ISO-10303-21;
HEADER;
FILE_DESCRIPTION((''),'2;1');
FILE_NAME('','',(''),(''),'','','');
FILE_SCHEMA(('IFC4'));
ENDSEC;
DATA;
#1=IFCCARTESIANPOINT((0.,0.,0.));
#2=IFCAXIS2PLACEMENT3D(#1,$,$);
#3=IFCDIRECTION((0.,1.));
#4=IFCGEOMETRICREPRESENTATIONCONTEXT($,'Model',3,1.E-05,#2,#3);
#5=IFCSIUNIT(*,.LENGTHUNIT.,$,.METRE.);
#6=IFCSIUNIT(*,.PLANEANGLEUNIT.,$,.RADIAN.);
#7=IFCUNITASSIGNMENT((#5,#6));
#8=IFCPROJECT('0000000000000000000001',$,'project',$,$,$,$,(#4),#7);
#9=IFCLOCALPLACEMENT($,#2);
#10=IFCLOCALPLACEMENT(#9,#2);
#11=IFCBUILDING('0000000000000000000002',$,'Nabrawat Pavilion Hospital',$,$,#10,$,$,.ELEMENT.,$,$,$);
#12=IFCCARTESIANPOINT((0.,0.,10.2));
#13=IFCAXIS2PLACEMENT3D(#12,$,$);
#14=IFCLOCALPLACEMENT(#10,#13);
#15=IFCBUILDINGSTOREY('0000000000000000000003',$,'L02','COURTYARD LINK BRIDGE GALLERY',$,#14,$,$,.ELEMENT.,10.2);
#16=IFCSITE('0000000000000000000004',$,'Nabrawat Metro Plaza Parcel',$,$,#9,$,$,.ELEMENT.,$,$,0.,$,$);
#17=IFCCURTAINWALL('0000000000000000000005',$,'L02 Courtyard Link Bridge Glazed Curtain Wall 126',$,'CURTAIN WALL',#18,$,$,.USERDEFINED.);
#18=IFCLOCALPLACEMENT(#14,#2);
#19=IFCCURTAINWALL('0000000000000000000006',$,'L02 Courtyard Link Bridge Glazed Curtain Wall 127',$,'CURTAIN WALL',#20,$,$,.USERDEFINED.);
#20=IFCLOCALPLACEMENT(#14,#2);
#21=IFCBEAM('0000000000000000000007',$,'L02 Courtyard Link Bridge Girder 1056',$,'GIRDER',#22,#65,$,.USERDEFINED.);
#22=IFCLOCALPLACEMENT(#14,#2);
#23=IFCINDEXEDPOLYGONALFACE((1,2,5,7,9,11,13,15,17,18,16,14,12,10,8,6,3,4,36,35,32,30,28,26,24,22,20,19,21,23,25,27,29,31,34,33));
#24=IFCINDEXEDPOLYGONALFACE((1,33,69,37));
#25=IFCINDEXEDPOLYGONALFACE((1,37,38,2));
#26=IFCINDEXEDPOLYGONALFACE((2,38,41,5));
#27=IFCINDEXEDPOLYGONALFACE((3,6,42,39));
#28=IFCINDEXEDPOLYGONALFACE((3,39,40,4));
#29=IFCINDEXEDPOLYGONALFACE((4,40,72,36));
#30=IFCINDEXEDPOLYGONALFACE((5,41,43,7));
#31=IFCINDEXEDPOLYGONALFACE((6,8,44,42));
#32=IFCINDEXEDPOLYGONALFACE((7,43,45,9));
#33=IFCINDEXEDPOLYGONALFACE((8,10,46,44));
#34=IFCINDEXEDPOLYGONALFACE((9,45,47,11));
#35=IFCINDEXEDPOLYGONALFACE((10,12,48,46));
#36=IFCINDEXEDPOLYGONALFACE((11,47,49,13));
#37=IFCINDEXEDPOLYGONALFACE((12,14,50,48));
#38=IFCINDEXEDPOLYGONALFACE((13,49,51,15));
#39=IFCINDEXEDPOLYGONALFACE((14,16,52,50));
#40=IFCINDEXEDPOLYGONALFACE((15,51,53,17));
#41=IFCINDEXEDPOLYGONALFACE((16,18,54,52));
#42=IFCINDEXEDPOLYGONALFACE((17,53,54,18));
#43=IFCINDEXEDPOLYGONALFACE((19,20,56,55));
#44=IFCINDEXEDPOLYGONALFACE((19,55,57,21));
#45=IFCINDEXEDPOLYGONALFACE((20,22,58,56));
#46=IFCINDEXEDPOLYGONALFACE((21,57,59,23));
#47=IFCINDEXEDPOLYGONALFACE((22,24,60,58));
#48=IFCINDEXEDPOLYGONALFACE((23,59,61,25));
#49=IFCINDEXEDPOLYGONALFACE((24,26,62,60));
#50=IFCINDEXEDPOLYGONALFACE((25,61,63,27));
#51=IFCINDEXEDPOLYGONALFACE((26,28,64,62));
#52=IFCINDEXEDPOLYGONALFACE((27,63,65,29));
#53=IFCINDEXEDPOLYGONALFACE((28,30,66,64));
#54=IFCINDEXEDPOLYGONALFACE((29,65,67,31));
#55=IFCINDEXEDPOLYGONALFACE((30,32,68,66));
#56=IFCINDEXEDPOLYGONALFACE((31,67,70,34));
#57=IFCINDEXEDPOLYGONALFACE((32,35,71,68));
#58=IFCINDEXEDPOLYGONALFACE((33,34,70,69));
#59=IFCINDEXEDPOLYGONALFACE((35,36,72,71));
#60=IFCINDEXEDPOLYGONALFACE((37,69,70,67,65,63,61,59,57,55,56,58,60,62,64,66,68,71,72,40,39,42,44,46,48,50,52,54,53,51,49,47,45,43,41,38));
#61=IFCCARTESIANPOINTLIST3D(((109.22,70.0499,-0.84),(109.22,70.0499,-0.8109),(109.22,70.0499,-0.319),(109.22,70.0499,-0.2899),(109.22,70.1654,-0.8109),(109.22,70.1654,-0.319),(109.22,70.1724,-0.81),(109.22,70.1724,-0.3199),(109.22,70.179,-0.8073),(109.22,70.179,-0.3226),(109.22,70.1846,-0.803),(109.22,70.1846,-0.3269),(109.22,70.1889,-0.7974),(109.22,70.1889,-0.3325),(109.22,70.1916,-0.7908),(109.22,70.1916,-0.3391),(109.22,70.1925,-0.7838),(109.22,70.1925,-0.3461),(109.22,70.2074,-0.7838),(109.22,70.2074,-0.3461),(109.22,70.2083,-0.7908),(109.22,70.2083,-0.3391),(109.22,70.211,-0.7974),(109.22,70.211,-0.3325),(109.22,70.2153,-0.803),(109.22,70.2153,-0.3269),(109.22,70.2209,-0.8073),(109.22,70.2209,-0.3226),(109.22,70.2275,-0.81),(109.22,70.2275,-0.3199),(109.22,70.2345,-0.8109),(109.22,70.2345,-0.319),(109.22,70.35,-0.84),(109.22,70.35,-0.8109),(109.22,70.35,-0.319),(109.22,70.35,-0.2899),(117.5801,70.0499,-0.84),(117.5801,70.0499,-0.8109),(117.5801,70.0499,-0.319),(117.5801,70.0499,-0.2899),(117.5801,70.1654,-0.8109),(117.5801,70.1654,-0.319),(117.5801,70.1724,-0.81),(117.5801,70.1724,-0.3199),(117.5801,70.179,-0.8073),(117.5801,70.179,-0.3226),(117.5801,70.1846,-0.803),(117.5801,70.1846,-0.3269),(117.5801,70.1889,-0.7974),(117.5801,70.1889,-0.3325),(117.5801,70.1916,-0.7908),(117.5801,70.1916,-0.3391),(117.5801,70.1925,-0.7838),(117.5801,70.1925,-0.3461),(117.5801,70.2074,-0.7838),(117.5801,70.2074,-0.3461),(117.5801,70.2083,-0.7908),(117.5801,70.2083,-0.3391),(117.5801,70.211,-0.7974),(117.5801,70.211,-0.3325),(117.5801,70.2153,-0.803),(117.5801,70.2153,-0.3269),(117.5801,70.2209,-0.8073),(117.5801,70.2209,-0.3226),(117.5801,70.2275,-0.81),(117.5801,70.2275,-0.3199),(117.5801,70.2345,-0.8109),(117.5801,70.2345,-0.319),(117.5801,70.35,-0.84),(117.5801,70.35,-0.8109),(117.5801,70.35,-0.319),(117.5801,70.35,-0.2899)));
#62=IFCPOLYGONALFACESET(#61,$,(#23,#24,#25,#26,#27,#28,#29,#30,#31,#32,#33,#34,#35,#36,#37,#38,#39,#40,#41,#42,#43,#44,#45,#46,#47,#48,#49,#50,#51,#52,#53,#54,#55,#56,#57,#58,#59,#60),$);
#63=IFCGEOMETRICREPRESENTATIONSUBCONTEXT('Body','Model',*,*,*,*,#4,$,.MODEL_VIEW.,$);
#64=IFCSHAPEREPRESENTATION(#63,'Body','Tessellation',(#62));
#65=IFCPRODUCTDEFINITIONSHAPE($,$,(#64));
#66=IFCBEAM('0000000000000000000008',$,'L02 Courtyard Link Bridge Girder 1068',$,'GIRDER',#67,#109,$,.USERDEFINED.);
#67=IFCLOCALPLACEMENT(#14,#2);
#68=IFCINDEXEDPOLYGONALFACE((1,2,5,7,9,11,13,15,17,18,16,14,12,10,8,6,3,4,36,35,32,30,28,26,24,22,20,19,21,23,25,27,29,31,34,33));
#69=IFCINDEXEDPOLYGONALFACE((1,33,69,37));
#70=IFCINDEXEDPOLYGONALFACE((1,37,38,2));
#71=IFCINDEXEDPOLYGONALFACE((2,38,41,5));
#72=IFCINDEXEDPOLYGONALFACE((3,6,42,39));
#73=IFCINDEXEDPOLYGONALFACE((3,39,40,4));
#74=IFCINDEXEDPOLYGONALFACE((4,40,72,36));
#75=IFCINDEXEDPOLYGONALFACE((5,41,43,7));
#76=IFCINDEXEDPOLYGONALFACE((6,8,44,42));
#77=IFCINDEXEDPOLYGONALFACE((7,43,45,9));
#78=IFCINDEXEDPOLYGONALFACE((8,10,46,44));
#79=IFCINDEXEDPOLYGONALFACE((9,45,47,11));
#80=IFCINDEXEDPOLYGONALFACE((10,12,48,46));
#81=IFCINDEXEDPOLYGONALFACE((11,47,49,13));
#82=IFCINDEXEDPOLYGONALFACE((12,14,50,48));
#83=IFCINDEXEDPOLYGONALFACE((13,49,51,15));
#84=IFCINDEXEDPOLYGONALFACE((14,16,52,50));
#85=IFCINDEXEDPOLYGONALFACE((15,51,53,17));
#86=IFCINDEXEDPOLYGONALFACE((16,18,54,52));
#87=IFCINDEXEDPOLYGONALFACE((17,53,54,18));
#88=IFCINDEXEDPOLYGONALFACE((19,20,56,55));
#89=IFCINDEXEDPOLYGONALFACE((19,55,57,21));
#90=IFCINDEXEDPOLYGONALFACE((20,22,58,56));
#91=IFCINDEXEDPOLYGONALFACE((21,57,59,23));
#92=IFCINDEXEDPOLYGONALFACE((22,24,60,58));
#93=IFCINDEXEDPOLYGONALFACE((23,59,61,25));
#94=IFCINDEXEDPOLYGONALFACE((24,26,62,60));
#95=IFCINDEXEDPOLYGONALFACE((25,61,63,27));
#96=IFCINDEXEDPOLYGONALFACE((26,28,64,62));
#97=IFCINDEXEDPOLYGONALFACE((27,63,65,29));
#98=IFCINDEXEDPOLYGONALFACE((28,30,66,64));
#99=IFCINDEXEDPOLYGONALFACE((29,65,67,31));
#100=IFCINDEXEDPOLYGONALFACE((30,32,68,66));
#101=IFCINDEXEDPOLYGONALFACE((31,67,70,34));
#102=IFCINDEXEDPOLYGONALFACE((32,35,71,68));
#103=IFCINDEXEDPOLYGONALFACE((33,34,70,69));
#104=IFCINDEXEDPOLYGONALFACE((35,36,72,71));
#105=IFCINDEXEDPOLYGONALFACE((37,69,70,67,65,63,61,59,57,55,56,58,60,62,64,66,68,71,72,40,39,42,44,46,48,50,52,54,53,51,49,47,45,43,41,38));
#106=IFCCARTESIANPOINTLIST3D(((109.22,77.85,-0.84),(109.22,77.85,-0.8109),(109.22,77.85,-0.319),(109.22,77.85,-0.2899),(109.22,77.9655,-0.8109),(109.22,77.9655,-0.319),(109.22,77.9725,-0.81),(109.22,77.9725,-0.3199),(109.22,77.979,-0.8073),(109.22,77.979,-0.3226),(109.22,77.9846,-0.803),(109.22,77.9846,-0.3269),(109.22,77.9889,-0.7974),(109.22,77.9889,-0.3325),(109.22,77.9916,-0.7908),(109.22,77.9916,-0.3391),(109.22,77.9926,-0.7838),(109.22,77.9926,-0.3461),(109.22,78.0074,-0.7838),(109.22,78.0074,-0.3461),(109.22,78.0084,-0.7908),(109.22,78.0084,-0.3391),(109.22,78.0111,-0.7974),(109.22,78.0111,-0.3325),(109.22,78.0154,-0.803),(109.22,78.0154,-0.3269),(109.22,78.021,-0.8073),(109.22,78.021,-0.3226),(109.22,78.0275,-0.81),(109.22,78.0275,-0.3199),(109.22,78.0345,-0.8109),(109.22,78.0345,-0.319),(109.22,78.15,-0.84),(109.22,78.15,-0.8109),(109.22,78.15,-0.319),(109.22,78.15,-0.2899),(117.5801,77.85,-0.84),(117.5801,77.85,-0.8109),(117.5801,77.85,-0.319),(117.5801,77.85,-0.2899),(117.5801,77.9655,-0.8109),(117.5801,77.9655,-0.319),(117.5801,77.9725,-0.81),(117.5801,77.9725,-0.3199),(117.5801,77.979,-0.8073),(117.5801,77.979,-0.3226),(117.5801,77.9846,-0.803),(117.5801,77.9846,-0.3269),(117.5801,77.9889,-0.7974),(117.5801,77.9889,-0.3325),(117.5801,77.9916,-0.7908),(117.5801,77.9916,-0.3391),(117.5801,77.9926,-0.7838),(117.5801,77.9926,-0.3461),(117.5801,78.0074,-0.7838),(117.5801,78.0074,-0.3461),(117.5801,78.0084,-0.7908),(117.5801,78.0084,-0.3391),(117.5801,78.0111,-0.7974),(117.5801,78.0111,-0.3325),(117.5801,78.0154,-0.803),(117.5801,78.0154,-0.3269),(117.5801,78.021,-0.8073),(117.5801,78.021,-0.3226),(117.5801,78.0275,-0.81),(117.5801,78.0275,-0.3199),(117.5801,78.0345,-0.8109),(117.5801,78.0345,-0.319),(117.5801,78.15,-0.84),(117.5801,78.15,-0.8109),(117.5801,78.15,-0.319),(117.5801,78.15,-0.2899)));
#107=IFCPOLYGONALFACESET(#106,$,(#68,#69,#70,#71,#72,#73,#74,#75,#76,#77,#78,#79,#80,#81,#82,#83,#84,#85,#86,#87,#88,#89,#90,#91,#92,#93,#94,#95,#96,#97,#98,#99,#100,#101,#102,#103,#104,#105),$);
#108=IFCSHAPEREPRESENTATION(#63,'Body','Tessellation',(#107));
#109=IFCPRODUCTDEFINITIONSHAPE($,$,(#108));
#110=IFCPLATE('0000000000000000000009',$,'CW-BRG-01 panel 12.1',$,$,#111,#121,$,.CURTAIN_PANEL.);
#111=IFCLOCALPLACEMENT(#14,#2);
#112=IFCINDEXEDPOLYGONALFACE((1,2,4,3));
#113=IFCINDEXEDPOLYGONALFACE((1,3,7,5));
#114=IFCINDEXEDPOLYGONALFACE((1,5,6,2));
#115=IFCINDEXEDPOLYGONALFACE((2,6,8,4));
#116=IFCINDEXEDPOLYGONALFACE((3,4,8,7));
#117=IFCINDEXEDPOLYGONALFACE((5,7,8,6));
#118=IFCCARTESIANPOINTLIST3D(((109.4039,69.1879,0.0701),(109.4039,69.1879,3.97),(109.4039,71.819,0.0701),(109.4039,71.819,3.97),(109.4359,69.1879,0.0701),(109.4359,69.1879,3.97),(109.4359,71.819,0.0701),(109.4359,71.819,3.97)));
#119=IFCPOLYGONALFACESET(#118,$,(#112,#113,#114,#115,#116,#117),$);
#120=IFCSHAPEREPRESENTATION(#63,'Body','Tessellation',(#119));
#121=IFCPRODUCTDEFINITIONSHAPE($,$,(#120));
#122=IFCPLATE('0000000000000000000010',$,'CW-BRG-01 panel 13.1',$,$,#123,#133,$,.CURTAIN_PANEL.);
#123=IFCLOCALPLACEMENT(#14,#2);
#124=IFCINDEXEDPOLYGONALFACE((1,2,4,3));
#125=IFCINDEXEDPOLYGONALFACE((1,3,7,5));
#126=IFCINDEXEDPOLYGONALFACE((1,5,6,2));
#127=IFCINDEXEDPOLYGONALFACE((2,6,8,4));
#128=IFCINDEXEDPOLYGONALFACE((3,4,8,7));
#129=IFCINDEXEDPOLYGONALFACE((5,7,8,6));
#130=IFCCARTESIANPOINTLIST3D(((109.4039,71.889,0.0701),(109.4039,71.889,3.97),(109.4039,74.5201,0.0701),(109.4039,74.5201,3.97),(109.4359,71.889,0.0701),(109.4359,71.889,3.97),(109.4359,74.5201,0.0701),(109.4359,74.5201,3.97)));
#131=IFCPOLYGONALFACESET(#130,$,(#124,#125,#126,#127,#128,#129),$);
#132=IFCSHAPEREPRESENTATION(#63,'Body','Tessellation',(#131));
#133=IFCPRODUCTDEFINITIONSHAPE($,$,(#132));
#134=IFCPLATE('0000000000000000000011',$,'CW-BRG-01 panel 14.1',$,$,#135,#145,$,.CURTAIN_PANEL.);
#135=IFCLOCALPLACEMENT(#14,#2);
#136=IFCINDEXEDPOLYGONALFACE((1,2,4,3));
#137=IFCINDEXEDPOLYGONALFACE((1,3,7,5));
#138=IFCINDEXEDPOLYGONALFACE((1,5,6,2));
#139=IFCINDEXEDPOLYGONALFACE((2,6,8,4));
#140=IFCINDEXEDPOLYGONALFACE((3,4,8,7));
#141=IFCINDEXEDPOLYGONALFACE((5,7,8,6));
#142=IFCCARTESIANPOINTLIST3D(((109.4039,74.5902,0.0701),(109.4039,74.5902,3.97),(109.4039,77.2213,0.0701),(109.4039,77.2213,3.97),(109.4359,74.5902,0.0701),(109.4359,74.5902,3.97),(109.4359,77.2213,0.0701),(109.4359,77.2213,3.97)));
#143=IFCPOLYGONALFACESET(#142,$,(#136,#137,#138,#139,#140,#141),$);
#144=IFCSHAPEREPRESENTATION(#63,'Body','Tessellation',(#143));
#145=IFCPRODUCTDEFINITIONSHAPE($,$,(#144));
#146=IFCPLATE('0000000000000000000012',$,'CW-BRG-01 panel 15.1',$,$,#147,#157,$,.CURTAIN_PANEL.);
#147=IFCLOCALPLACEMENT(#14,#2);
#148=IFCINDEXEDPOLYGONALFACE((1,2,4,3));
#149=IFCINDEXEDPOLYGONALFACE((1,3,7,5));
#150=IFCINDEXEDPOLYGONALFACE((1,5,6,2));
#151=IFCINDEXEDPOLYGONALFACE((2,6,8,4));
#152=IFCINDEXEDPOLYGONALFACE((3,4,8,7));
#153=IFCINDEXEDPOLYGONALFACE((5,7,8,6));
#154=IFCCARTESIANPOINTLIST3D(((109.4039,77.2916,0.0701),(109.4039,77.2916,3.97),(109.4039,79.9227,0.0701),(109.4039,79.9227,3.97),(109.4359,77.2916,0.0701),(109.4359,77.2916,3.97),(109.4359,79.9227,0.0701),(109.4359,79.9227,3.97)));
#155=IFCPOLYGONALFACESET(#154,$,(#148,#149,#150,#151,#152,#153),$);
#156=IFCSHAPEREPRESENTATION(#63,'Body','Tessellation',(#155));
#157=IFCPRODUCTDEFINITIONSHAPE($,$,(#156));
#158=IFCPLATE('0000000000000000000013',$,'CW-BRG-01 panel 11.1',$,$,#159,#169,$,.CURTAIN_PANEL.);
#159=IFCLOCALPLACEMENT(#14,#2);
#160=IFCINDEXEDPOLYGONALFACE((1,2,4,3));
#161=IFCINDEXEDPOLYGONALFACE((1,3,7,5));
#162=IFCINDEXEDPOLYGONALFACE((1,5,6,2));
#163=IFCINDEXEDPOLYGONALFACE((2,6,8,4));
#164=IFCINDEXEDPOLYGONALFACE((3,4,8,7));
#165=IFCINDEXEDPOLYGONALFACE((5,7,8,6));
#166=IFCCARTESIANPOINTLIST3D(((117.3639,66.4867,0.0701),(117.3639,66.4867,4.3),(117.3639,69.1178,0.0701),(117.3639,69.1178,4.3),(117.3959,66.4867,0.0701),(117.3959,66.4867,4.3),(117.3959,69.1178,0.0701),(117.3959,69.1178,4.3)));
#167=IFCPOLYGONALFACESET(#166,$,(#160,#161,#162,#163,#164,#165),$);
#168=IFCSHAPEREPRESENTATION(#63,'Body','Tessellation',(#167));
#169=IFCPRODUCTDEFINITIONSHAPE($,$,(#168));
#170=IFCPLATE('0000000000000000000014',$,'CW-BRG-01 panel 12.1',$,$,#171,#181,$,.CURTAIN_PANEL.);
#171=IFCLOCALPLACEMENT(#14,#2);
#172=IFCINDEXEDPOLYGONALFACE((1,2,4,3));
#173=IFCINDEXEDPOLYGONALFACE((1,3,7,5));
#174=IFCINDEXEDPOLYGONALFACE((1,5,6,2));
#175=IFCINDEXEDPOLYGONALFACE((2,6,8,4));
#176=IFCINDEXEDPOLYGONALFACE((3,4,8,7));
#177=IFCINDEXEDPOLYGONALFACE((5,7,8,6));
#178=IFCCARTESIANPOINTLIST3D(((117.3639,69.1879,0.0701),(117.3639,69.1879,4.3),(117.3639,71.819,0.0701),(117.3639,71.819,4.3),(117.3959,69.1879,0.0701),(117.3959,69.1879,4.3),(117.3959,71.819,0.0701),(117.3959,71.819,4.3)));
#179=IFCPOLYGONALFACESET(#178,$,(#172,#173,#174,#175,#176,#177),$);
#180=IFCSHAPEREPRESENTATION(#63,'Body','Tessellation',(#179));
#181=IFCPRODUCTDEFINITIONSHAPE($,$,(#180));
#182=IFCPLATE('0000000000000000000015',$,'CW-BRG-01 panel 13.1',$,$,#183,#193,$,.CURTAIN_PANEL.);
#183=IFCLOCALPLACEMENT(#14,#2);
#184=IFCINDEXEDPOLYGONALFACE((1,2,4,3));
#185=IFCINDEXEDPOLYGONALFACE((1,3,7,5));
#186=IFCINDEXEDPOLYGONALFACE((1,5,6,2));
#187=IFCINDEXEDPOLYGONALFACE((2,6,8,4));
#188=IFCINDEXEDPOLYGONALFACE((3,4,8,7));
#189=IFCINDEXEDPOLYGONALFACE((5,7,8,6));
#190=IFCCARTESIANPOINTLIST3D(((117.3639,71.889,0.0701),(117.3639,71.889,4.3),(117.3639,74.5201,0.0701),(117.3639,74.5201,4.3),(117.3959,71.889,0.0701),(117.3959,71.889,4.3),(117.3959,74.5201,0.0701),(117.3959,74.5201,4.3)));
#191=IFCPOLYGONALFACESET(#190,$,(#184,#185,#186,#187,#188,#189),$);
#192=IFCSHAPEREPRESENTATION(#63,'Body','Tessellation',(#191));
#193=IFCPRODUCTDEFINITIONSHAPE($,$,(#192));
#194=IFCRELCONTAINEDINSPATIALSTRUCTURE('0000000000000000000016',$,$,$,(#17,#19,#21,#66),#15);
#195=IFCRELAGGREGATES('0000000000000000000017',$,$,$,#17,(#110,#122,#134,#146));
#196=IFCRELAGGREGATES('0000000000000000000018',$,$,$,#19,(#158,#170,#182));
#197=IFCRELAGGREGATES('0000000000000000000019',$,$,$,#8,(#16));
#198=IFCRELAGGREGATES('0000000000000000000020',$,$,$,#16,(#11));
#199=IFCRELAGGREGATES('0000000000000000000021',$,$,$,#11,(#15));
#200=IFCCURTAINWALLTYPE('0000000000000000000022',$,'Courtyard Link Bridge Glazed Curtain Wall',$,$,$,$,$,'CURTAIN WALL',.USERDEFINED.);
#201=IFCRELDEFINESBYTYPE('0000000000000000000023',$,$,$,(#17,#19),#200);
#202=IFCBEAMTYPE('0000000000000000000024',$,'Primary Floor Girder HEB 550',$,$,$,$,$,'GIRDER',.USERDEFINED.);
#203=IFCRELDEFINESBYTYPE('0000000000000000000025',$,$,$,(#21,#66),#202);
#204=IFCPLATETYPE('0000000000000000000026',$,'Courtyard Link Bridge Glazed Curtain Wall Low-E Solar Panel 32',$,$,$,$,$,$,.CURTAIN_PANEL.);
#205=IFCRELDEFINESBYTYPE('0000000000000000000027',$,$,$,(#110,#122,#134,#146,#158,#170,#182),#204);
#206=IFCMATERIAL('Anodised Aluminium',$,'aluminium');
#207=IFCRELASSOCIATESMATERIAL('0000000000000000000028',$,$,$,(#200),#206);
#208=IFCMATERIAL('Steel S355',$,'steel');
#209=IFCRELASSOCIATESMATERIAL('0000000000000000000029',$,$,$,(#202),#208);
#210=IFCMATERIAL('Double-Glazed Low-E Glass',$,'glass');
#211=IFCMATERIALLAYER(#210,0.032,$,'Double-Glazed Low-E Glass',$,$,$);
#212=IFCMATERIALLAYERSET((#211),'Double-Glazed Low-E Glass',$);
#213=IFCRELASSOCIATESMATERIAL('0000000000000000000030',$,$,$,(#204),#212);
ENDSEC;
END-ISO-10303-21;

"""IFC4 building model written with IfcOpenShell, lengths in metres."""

from ifc_helpers import new_model, si_unit, direction, frame, origin, origin_2d, place, context, subcontext, project, spatial, rectangle, i_section, extrude, material, layer, layer_set, material_profile, profile_set, type_object, element, aggregate, save


model = new_model("IFC4")

# Units and contexts
model_context = context("Model", 3, precision=1e-05, world=origin(), true_north=direction((0.0, 1.0)))
body_context = subcontext(model_context, "Body", "Model", "MODEL_VIEW")
ifc_project = project(units=[si_unit("LENGTHUNIT", "METRE"), si_unit("PLANEANGLEUNIT", "RADIAN")], contexts=[model_context])

# Site, building, storey
site_placement = place(None, origin())
site = spatial("IfcSite", under=ifc_project, at=site_placement, Name="Nabrawat Metro Plaza Parcel", CompositionType="ELEMENT", RefElevation=0.0)
building_placement = place(site_placement, origin())
building = spatial("IfcBuilding", under=site, at=building_placement, Name="Nabrawat Pavilion Hospital", CompositionType="ELEMENT")
storey_placement = place(building_placement, frame((0.0, 0.0, 10.2)))
storey = spatial("IfcBuildingStorey", under=building, at=storey_placement, Name="L02", Description="COURTYARD LINK BRIDGE GALLERY", CompositionType="ELEMENT", Elevation=10.2)

# Shared definitions
ifc_material_1 = material(Name="Steel S355", Category="steel")

# Curtain walls
ifc_material_2 = material(Name="Anodised Aluminium", Category="aluminium")
curtain_wall_type = type_object("IfcCurtainWallType", Name="Courtyard Link Bridge Glazed Curtain Wall", ElementType="CURTAIN WALL", PredefinedType="USERDEFINED", material=ifc_material_2)
curtain_wall_1_placement = place(storey_placement, origin())
curtain_wall_1 = element("IfcCurtainWall", 1, at=curtain_wall_1_placement, inside=storey, type_object=curtain_wall_type, Name="L02 Courtyard Link Bridge Glazed Curtain Wall 126", ObjectType="CURTAIN WALL", PredefinedType="USERDEFINED")
curtain_wall_2_placement = place(storey_placement, origin())
curtain_wall_2 = element("IfcCurtainWall", 2, at=curtain_wall_2_placement, inside=storey, type_object=curtain_wall_type, Name="L02 Courtyard Link Bridge Glazed Curtain Wall 127", ObjectType="CURTAIN WALL", PredefinedType="USERDEFINED")

# Beams
ifc_material_profile_1 = material_profile(ifc_material_1, i_section(OverallWidth=0.3, OverallDepth=0.55, WebThickness=0.0149, FlangeThickness=0.0291, FilletRadius=0.0271, at=origin_2d()), Name="HEB 550")
ifc_profile_set_1 = profile_set([ifc_material_profile_1], Name="Steel S355")
beam_type_1 = type_object("IfcBeamType", Name="Primary Floor Girder HEB 550", ElementType="GIRDER", PredefinedType="USERDEFINED", material=ifc_profile_set_1)
for number, where, z_axis, x_axis, name in (
    (3, (109.22, 70.2, -0.5649), (1.0, 0.0, 0.0), (0.0, 1.0, 0.0), "L02 Courtyard Link Bridge Girder 1056"),
    (4, (109.22, 78.0, -0.5649), (1.0, 0.0, 0.0), (0.0, 1.0, 0.0), "L02 Courtyard Link Bridge Girder 1068"),
):
    element("IfcBeam", number, at=place(storey_placement, frame(where, z_axis=z_axis, x_axis=x_axis)), inside=storey, type_object=beam_type_1, Name=name, ObjectType="GIRDER", PredefinedType="USERDEFINED", context=body_context, shape_type="SweptSolid", body=[
        extrude(i_section(OverallWidth=0.3, OverallDepth=0.55, WebThickness=0.0149, FlangeThickness=0.0291, FilletRadius=0.0271, at=origin_2d()), origin(), (0.0, 0.0, 1.0), 8.3601),
    ])

# Plates
ifc_material_3 = material(Name="Double-Glazed Low-E Glass", Category="glass")
ifc_layer = layer(ifc_material_3, 0.032, Name="Double-Glazed Low-E Glass")
ifc_layer_set = layer_set([ifc_layer], Name="Double-Glazed Low-E Glass")
plate_type = type_object("IfcPlateType", Name="Courtyard Link Bridge Glazed Curtain Wall Low-E Solar Panel 32", PredefinedType="CURTAIN_PANEL", material=ifc_layer_set)
plate_1_placement = place(storey_placement, frame((109.4199, 70.5034, 0.0701), z_axis=(0.0, 0.0, 1.0), x_axis=(0.0, 1.0, 0.0)))
plate_1 = element("IfcPlate", 5, at=plate_1_placement, type_object=plate_type, Name="CW-BRG-01 panel 12.1", PredefinedType="CURTAIN_PANEL", context=body_context, shape_type="SweptSolid", body=[
    extrude(rectangle(XDim=2.6311, YDim=0.032, at=origin_2d()), origin(), (0.0, 0.0, 1.0), 3.8999),
])
plate_2_placement = place(storey_placement, frame((109.4199, 73.2046, 0.0701), z_axis=(0.0, 0.0, 1.0), x_axis=(0.0, 1.0, 0.0)))
plate_2 = element("IfcPlate", 6, at=plate_2_placement, type_object=plate_type, Name="CW-BRG-01 panel 13.1", PredefinedType="CURTAIN_PANEL", context=body_context, shape_type="SweptSolid", body=[
    extrude(rectangle(XDim=2.6311, YDim=0.032, at=origin_2d()), origin(), (0.0, 0.0, 1.0), 3.8999),
])
plate_3_placement = place(storey_placement, frame((109.4199, 75.9058, 0.0701), z_axis=(0.0, 0.0, 1.0), x_axis=(0.0, 1.0, 0.0)))
plate_3 = element("IfcPlate", 7, at=plate_3_placement, type_object=plate_type, Name="CW-BRG-01 panel 14.1", PredefinedType="CURTAIN_PANEL", context=body_context, shape_type="SweptSolid", body=[
    extrude(rectangle(XDim=2.6311, YDim=0.032, at=origin_2d()), origin(), (0.0, 0.0, 1.0), 3.8999),
])
plate_4_placement = place(storey_placement, frame((109.4199, 78.6072, 0.0701), z_axis=(0.0, 0.0, 1.0), x_axis=(0.0, 1.0, 0.0)))
plate_4 = element("IfcPlate", 8, at=plate_4_placement, type_object=plate_type, Name="CW-BRG-01 panel 15.1", PredefinedType="CURTAIN_PANEL", context=body_context, shape_type="SweptSolid", body=[
    extrude(rectangle(XDim=2.6311, YDim=0.032, at=origin_2d()), origin(), (0.0, 0.0, 1.0), 3.8999),
])
aggregate(curtain_wall_1, [plate_1, plate_2, plate_3, plate_4])
plate_5_placement = place(storey_placement, frame((117.3799, 67.8022, 0.0701), z_axis=(0.0, 0.0, 1.0), x_axis=(0.0, 1.0, 0.0)))
plate_5 = element("IfcPlate", 9, at=plate_5_placement, type_object=plate_type, Name="CW-BRG-01 panel 11.1", PredefinedType="CURTAIN_PANEL", context=body_context, shape_type="SweptSolid", body=[
    extrude(rectangle(XDim=2.6311, YDim=0.032, at=origin_2d()), origin(), (0.0, 0.0, 1.0), 4.23),
])
plate_6_placement = place(storey_placement, frame((117.3799, 70.5034, 0.0701), z_axis=(0.0, 0.0, 1.0), x_axis=(0.0, 1.0, 0.0)))
plate_6 = element("IfcPlate", 10, at=plate_6_placement, type_object=plate_type, Name="CW-BRG-01 panel 12.1", PredefinedType="CURTAIN_PANEL", context=body_context, shape_type="SweptSolid", body=[
    extrude(rectangle(XDim=2.6311, YDim=0.032, at=origin_2d()), origin(), (0.0, 0.0, 1.0), 4.23),
])
plate_7_placement = place(storey_placement, frame((117.3799, 73.2046, 0.0701), z_axis=(0.0, 0.0, 1.0), x_axis=(0.0, 1.0, 0.0)))
plate_7 = element("IfcPlate", 11, at=plate_7_placement, type_object=plate_type, Name="CW-BRG-01 panel 13.1", PredefinedType="CURTAIN_PANEL", context=body_context, shape_type="SweptSolid", body=[
    extrude(rectangle(XDim=2.6311, YDim=0.032, at=origin_2d()), origin(), (0.0, 0.0, 1.0), 4.23),
])
aggregate(curtain_wall_2, [plate_5, plate_6, plate_7])

save(model, "model.ifc")
